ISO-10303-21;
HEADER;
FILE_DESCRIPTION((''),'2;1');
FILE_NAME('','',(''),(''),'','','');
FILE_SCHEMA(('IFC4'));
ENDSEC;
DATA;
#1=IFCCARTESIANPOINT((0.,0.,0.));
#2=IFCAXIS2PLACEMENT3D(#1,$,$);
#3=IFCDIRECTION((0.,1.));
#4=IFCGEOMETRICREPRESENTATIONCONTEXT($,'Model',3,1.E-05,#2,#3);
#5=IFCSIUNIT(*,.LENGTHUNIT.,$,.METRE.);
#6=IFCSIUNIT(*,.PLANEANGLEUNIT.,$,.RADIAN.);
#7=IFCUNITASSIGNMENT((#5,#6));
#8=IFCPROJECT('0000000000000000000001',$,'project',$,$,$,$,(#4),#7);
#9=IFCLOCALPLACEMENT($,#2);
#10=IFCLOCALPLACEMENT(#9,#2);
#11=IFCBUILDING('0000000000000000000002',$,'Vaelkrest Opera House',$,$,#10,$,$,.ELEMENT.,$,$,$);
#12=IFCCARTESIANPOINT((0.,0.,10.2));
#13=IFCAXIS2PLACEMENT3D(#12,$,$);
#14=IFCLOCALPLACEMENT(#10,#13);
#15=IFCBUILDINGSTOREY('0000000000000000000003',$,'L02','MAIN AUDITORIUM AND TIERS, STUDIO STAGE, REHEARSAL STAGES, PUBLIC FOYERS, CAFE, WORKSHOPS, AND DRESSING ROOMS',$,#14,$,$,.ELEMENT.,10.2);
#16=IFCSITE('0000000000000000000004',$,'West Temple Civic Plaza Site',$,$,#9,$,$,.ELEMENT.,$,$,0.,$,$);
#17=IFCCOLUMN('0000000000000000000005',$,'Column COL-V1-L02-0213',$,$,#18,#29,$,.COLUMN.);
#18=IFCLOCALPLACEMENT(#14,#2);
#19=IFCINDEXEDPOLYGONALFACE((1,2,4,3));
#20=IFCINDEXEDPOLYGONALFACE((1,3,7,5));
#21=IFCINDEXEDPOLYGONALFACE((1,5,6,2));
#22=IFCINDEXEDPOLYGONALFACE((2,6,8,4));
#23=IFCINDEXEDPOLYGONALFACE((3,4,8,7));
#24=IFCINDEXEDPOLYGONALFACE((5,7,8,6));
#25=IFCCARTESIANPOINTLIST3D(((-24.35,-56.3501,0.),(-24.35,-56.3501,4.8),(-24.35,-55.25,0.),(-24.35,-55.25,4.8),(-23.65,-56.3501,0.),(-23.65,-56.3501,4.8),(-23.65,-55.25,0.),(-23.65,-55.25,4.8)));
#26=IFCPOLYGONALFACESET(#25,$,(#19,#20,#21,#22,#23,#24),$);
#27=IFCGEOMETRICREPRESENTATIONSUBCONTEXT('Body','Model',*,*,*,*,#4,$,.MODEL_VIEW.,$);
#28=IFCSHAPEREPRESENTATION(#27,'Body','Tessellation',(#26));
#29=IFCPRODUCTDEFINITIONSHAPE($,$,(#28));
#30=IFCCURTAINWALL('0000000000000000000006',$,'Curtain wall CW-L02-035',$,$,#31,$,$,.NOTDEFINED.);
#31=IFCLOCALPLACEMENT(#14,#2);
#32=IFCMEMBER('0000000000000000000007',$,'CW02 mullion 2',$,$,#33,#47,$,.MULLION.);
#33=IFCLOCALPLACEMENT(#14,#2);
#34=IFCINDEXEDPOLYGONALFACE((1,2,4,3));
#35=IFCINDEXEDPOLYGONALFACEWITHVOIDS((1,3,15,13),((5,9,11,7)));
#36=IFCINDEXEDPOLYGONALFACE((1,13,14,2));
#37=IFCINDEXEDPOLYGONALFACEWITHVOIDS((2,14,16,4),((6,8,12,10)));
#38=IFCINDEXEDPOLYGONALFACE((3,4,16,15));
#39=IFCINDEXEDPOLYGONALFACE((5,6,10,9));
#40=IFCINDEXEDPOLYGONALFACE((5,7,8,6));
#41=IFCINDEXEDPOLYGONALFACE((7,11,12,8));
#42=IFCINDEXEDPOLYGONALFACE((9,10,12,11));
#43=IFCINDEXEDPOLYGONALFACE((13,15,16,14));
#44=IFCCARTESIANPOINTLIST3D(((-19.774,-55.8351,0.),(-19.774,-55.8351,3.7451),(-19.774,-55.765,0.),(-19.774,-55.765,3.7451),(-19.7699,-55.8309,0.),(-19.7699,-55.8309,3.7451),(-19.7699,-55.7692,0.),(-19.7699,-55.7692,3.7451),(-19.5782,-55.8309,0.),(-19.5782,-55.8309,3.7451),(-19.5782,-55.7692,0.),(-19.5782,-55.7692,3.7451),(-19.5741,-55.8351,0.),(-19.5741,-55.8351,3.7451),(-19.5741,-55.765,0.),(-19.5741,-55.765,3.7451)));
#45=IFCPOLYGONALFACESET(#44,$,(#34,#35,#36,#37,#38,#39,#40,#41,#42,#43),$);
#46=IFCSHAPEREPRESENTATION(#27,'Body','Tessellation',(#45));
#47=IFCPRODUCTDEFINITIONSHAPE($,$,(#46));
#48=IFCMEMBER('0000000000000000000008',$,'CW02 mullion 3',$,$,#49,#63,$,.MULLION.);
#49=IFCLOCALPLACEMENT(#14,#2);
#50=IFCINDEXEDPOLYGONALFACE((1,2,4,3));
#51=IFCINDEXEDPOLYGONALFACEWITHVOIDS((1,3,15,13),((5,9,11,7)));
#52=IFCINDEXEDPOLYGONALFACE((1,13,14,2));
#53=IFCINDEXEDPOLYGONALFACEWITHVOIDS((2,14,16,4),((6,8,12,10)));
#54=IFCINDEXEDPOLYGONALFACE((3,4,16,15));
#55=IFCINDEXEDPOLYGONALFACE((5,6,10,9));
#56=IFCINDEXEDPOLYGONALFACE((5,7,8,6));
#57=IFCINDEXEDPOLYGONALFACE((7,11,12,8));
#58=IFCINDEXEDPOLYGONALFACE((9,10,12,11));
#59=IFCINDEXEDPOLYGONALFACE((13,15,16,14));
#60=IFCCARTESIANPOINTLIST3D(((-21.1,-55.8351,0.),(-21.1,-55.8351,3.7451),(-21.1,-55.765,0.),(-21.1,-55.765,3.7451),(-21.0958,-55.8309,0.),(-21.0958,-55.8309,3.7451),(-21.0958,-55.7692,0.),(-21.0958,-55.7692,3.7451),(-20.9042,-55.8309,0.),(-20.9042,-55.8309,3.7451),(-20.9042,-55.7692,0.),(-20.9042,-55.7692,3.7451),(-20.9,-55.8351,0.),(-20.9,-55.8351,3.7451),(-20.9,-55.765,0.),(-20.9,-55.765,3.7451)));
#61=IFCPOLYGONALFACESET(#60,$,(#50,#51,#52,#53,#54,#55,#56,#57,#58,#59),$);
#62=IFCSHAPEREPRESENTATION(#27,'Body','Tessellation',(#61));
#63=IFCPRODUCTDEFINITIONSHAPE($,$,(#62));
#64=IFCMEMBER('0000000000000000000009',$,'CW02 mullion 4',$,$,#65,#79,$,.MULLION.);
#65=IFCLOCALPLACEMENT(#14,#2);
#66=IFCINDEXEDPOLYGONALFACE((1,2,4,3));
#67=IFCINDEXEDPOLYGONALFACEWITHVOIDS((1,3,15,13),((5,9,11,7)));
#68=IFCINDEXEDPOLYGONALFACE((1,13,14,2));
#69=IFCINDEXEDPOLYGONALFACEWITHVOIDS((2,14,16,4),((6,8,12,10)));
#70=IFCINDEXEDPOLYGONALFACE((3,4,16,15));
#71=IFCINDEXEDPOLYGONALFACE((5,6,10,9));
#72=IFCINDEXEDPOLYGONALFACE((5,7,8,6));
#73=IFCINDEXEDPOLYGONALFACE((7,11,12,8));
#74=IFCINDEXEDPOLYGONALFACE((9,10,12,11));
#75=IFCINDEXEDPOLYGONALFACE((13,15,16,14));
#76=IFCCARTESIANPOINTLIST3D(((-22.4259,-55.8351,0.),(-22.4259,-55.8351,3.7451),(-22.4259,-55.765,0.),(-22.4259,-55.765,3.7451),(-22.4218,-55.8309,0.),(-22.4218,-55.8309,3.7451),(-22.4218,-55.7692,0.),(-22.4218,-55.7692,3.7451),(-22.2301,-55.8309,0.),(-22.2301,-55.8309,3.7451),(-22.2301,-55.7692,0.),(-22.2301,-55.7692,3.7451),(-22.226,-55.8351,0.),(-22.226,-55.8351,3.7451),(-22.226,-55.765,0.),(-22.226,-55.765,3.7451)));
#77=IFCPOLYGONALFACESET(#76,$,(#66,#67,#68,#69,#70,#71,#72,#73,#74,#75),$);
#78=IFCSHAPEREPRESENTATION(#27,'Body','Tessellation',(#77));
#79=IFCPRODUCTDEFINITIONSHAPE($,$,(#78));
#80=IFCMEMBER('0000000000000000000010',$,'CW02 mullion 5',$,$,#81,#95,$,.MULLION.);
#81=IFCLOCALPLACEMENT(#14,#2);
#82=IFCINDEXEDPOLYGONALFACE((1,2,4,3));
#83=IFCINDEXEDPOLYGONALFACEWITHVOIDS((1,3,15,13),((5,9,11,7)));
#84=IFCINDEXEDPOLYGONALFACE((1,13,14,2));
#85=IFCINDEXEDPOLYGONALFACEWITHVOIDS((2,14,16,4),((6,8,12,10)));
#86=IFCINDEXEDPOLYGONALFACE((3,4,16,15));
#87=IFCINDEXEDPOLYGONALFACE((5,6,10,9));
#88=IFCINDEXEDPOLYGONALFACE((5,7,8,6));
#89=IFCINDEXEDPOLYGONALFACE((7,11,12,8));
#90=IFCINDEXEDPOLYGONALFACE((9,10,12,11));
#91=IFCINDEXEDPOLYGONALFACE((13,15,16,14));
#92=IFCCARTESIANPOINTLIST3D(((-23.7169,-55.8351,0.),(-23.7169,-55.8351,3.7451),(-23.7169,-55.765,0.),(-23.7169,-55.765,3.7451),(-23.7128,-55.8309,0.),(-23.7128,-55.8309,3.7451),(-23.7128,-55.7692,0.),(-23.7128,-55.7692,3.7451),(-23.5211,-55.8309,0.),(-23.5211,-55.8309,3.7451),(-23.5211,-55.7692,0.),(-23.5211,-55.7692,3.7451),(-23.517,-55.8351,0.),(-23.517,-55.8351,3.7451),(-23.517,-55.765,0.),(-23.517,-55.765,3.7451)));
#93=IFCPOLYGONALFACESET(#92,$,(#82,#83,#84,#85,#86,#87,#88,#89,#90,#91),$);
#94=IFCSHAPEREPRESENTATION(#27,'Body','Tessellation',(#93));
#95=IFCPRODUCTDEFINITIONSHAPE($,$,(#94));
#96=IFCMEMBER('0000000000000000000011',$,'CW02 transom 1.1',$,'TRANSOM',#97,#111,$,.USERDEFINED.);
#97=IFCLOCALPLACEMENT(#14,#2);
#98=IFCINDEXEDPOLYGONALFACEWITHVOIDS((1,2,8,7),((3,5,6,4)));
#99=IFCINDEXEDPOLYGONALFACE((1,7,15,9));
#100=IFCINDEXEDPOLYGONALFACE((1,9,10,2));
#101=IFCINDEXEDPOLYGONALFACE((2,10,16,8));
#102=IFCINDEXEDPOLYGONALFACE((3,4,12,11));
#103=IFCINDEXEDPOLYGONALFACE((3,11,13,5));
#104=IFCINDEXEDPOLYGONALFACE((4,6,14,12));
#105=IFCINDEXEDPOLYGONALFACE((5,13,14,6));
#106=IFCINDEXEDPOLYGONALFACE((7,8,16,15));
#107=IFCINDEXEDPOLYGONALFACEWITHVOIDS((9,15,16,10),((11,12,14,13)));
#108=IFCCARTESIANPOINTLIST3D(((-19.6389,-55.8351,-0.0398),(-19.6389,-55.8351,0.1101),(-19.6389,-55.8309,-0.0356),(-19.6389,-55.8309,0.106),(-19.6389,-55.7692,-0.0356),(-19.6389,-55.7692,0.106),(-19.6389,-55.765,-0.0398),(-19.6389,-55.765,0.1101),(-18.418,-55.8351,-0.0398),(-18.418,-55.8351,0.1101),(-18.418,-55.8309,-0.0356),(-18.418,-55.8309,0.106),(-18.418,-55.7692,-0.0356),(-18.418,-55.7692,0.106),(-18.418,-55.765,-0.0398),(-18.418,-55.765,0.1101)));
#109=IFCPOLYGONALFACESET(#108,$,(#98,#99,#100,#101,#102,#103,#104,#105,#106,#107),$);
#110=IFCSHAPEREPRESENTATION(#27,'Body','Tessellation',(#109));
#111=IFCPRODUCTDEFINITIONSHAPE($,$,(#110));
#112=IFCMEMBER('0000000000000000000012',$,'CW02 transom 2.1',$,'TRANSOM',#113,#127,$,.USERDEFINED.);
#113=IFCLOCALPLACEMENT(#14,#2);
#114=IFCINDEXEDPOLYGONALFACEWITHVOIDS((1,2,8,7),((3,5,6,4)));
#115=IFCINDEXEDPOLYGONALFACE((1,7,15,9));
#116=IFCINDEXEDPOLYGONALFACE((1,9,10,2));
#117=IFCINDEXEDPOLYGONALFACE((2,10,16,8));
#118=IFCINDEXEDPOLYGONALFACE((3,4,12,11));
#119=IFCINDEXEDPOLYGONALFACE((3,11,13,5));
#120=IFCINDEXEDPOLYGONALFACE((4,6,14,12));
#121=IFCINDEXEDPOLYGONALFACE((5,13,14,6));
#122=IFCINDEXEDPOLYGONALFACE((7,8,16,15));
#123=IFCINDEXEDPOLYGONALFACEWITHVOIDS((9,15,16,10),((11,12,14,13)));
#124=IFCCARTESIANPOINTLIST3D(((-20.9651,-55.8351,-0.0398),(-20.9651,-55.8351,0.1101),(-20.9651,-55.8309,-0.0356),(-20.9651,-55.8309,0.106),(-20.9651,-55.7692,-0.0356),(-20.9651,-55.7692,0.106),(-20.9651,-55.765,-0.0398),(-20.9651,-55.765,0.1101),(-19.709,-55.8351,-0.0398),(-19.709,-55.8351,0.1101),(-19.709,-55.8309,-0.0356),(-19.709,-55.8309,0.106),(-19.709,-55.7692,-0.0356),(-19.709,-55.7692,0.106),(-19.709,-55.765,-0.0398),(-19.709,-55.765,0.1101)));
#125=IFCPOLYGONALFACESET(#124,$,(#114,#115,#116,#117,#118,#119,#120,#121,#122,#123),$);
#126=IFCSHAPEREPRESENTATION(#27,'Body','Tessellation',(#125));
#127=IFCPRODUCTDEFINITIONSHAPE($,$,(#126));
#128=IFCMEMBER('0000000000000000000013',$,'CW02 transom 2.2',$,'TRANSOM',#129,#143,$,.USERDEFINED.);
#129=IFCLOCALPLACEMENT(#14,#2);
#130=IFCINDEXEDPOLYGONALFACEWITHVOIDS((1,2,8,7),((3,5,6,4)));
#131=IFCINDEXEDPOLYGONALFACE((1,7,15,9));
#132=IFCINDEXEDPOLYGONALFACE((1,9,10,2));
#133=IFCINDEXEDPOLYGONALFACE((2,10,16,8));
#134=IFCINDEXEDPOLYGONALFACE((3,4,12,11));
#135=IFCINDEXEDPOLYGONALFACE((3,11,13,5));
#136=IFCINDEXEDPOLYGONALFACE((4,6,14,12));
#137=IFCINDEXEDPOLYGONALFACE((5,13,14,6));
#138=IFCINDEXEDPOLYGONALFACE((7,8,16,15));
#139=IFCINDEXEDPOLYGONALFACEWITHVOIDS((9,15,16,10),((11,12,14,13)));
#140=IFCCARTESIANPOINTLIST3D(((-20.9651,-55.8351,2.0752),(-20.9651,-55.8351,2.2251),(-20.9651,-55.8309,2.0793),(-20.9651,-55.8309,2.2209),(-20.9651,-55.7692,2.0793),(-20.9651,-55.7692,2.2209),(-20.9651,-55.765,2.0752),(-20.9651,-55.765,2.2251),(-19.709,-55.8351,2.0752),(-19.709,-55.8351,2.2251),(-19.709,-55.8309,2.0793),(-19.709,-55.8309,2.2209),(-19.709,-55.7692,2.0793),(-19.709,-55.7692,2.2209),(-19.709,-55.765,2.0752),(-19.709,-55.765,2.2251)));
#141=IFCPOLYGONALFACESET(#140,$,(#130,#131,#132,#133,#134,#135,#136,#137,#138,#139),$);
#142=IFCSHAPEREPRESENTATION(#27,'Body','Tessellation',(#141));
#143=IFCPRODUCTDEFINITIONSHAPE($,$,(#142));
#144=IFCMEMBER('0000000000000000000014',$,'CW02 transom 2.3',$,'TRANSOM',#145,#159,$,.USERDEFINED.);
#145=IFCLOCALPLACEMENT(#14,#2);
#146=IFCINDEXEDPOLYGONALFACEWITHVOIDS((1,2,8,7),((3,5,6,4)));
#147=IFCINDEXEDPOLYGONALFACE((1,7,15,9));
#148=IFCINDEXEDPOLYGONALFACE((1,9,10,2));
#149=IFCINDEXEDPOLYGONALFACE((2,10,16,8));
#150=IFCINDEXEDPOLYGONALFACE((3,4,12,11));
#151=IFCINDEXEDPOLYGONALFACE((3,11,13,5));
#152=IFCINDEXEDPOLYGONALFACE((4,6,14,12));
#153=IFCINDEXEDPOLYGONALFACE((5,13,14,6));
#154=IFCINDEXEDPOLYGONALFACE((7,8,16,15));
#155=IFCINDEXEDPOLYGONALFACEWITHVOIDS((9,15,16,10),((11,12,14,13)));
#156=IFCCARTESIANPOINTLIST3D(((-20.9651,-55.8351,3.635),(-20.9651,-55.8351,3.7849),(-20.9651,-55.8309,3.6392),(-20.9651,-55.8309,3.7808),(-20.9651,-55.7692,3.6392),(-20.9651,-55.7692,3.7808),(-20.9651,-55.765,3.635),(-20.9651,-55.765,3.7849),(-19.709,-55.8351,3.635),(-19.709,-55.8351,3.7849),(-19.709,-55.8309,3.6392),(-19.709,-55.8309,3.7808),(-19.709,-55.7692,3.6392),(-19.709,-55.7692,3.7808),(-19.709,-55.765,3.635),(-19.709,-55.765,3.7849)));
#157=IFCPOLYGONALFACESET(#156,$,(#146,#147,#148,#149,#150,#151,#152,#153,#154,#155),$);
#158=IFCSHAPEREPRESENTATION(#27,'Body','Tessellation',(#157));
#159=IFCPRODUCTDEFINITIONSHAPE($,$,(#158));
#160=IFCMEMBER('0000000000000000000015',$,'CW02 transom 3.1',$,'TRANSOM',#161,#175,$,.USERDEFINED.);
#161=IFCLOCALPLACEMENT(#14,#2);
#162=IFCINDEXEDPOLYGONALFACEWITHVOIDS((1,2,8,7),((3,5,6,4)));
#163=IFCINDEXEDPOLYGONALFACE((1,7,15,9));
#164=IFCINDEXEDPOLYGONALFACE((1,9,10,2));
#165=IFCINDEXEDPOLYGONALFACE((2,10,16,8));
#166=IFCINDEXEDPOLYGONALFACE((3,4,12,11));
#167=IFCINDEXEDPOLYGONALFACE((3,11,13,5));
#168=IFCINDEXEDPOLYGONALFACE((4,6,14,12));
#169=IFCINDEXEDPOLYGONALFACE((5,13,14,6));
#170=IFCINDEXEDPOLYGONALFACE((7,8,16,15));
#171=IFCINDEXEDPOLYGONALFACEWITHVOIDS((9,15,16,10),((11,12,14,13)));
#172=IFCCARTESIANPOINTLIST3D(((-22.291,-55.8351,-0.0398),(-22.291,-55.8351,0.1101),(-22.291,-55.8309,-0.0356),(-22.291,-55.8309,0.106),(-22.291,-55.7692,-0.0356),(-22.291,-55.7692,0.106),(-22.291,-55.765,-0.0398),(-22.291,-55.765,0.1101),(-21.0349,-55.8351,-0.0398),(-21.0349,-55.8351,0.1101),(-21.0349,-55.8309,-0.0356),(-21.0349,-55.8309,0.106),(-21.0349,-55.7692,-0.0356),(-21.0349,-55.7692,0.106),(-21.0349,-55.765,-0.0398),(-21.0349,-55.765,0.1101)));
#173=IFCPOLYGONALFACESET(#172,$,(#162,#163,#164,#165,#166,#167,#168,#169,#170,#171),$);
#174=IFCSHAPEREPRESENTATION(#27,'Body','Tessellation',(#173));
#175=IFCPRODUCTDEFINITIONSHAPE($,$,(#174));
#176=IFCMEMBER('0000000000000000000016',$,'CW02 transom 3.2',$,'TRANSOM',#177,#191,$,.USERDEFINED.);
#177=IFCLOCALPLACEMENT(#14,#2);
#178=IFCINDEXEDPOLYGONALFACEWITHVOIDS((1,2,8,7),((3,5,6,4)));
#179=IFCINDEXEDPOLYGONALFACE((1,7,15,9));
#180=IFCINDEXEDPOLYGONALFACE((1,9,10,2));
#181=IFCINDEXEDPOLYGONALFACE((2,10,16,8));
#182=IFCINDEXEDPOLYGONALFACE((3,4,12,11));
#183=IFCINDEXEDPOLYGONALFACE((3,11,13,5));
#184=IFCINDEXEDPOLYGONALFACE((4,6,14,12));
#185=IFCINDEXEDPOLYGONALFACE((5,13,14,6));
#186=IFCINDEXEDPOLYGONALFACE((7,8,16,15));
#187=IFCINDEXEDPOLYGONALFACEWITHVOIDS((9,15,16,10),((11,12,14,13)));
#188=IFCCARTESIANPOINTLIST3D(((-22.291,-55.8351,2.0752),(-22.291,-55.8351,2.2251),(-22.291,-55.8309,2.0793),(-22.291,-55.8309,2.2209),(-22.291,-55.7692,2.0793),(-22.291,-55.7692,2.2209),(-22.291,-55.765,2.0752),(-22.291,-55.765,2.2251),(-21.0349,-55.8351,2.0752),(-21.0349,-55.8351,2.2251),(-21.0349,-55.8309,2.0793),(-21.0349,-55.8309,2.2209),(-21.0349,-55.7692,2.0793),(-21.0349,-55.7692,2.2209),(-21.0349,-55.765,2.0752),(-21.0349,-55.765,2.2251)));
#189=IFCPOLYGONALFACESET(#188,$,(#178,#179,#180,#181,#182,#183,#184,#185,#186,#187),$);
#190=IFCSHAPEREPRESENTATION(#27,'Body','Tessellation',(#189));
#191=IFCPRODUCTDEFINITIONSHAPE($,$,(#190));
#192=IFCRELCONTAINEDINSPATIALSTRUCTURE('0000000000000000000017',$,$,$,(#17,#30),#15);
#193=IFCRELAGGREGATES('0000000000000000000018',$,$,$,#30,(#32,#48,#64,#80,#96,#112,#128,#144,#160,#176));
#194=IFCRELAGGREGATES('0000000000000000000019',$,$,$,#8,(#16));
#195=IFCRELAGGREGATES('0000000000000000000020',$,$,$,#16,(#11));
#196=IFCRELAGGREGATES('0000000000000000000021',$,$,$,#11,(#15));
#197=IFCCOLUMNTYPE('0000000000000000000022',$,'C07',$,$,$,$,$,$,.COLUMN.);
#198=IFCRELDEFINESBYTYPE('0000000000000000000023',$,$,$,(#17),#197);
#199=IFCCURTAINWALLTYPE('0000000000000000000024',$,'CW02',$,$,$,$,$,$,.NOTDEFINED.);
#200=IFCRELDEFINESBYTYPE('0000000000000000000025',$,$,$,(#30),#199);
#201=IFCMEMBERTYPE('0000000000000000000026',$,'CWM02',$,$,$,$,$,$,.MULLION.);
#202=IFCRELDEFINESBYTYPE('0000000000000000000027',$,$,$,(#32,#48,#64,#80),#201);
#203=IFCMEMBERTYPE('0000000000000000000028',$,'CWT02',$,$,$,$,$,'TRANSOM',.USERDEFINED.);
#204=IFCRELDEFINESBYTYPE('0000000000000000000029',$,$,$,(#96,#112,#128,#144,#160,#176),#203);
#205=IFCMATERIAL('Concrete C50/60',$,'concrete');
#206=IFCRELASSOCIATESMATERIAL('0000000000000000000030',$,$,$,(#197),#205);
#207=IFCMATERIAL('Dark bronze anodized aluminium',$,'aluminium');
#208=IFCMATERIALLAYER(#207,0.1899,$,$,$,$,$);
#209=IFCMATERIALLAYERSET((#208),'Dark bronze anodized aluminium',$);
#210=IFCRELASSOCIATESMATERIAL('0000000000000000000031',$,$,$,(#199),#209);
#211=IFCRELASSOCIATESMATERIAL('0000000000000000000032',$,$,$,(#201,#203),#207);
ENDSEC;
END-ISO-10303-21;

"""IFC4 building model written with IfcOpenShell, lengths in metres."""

from ifc_helpers import new_model, si_unit, direction, frame, origin, origin_2d, place, context, subcontext, project, spatial, rectangle, hollow_rectangle, extrude, material, layer, layer_set, material_profile, profile_set, type_object, element, aggregate, save


model = new_model("IFC4")

# Units and contexts
model_context = context("Model", 3, precision=1e-05, world=origin(), true_north=direction((0.0, 1.0)))
body_context = subcontext(model_context, "Body", "Model", "MODEL_VIEW")
ifc_project = project(units=[si_unit("LENGTHUNIT", "METRE"), si_unit("PLANEANGLEUNIT", "RADIAN")], contexts=[model_context])

# Site, building, storey
site_placement = place(None, origin())
site = spatial("IfcSite", under=ifc_project, at=site_placement, Name="West Temple Civic Plaza Site", CompositionType="ELEMENT", RefElevation=0.0)
building_placement = place(site_placement, origin())
building = spatial("IfcBuilding", under=site, at=building_placement, Name="Vaelkrest Opera House", CompositionType="ELEMENT")
storey_placement = place(building_placement, frame((0.0, 0.0, 10.2)))
storey = spatial("IfcBuildingStorey", under=building, at=storey_placement, Name="L02", Description="MAIN AUDITORIUM AND TIERS, STUDIO STAGE, REHEARSAL STAGES, PUBLIC FOYERS, CAFE, WORKSHOPS, AND DRESSING ROOMS", CompositionType="ELEMENT", Elevation=10.2)

# Column
ifc_material_1 = material(Name="Concrete C50/60", Category="concrete")
ifc_material_profile_1 = material_profile(ifc_material_1, rectangle(XDim=0.7, YDim=1.1001, at=origin_2d()), Name="RC700X1100")
ifc_profile_set_1 = profile_set([ifc_material_profile_1], Name="Concrete C50/60")
column_type = type_object("IfcColumnType", Name="C07", PredefinedType="COLUMN", material=ifc_profile_set_1)
column_placement = place(storey_placement, frame((-24.0, -55.8, 0.0), z_axis=(0.0, 0.0, 1.0), x_axis=(1.0, 0.0, 0.0)))
element("IfcColumn", 1, at=column_placement, inside=storey, type_object=column_type, Name="Column COL-V1-L02-0213", PredefinedType="COLUMN", context=body_context, shape_type="SweptSolid", body=[
    extrude(rectangle(XDim=0.7, YDim=1.1001, at=origin_2d()), origin(), (0.0, 0.0, 1.0), 4.8),
])

# Curtain wall, members
ifc_material_2 = material(Name="Dark bronze anodized aluminium", Category="aluminium")
ifc_layer_1 = layer(ifc_material_2, 0.1899)
ifc_layer_set_1 = layer_set([ifc_layer_1], Name="Dark bronze anodized aluminium")
curtain_wall_type = type_object("IfcCurtainWallType", Name="CW02", PredefinedType="NOTDEFINED", material=ifc_layer_set_1)
curtain_wall_placement = place(storey_placement, origin())
curtain_wall = element("IfcCurtainWall", 2, at=curtain_wall_placement, inside=storey, type_object=curtain_wall_type, Name="Curtain wall CW-L02-035", PredefinedType="NOTDEFINED")
ifc_material_profile_2 = material_profile(ifc_material_2, hollow_rectangle(XDim=0.0701, YDim=0.2, WallThickness=0.0042, at=origin_2d()), Name="CWM70X200")
ifc_profile_set_2 = profile_set([ifc_material_profile_2], Name="Dark bronze anodized aluminium")
member_type_1 = type_object("IfcMemberType", Name="CWM02", PredefinedType="MULLION", material=ifc_profile_set_2)
member_1_placement = place(storey_placement, frame((-19.6741, -55.8, 0.0), z_axis=(0.0, 0.0, 1.0), x_axis=(0.0, -1.0, 0.0)))
member_1 = element("IfcMember", 3, at=member_1_placement, type_object=member_type_1, Name="CW02 mullion 2", PredefinedType="MULLION", context=body_context, shape_type="SweptSolid", body=[
    extrude(hollow_rectangle(XDim=0.0701, YDim=0.2, WallThickness=0.0042, at=origin_2d()), origin(), (0.0, 0.0, 1.0), 3.7451),
])
member_2_placement = place(storey_placement, frame((-21.0, -55.8, 0.0), z_axis=(0.0, 0.0, 1.0), x_axis=(0.0, -1.0, 0.0)))
member_2 = element("IfcMember", 4, at=member_2_placement, type_object=member_type_1, Name="CW02 mullion 3", PredefinedType="MULLION", context=body_context, shape_type="SweptSolid", body=[
    extrude(hollow_rectangle(XDim=0.0701, YDim=0.2, WallThickness=0.0042, at=origin_2d()), origin(), (0.0, 0.0, 1.0), 3.7451),
])
member_3_placement = place(storey_placement, frame((-22.3259, -55.8, 0.0), z_axis=(0.0, 0.0, 1.0), x_axis=(0.0, -1.0, 0.0)))
member_3 = element("IfcMember", 5, at=member_3_placement, type_object=member_type_1, Name="CW02 mullion 4", PredefinedType="MULLION", context=body_context, shape_type="SweptSolid", body=[
    extrude(hollow_rectangle(XDim=0.0701, YDim=0.2, WallThickness=0.0042, at=origin_2d()), origin(), (0.0, 0.0, 1.0), 3.7451),
])
member_4_placement = place(storey_placement, frame((-23.6169, -55.8, 0.0), z_axis=(0.0, 0.0, 1.0), x_axis=(0.0, -1.0, 0.0)))
member_4 = element("IfcMember", 6, at=member_4_placement, type_object=member_type_1, Name="CW02 mullion 5", PredefinedType="MULLION", context=body_context, shape_type="SweptSolid", body=[
    extrude(hollow_rectangle(XDim=0.0701, YDim=0.2, WallThickness=0.0042, at=origin_2d()), origin(), (0.0, 0.0, 1.0), 3.7451),
])
ifc_material_profile_3 = material_profile(ifc_material_2, hollow_rectangle(XDim=0.0701, YDim=0.1499, WallThickness=0.0042, at=origin_2d()), Name="CWT70X150")
ifc_profile_set_3 = profile_set([ifc_material_profile_3], Name="Dark bronze anodized aluminium")
member_type_2 = type_object("IfcMemberType", Name="CWT02", ElementType="TRANSOM", PredefinedType="USERDEFINED", material=ifc_profile_set_3)
member_5_placement = place(storey_placement, frame((-18.418, -55.8, 0.0352), z_axis=(-1.0, 0.0, 0.0), x_axis=(0.0, -1.0, 0.0)))
member_5 = element("IfcMember", 7, at=member_5_placement, type_object=member_type_2, Name="CW02 transom 1.1", ObjectType="TRANSOM", PredefinedType="USERDEFINED", context=body_context, shape_type="SweptSolid", body=[
    extrude(hollow_rectangle(XDim=0.0701, YDim=0.1499, WallThickness=0.0042, at=origin_2d()), origin(), (0.0, 0.0, 1.0), 1.2209),
])
member_6_placement = place(storey_placement, frame((-19.709, -55.8, 0.0352), z_axis=(-1.0, 0.0, 0.0), x_axis=(0.0, -1.0, 0.0)))
member_6 = element("IfcMember", 8, at=member_6_placement, type_object=member_type_2, Name="CW02 transom 2.1", ObjectType="TRANSOM", PredefinedType="USERDEFINED", context=body_context, shape_type="SweptSolid", body=[
    extrude(hollow_rectangle(XDim=0.0701, YDim=0.1499, WallThickness=0.0042, at=origin_2d()), origin(), (0.0, 0.0, 1.0), 1.2561),
])
member_7_placement = place(storey_placement, frame((-19.709, -55.8, 2.1501), z_axis=(-1.0, 0.0, 0.0), x_axis=(0.0, -1.0, 0.0)))
member_7 = element("IfcMember", 9, at=member_7_placement, type_object=member_type_2, Name="CW02 transom 2.2", ObjectType="TRANSOM", PredefinedType="USERDEFINED", context=body_context, shape_type="SweptSolid", body=[
    extrude(hollow_rectangle(XDim=0.0701, YDim=0.1499, WallThickness=0.0042, at=origin_2d()), origin(), (0.0, 0.0, 1.0), 1.2561),
])
member_8_placement = place(storey_placement, frame((-19.709, -55.8, 3.71), z_axis=(-1.0, 0.0, 0.0), x_axis=(0.0, -1.0, 0.0)))
member_8 = element("IfcMember", 10, at=member_8_placement, type_object=member_type_2, Name="CW02 transom 2.3", ObjectType="TRANSOM", PredefinedType="USERDEFINED", context=body_context, shape_type="SweptSolid", body=[
    extrude(hollow_rectangle(XDim=0.0701, YDim=0.1499, WallThickness=0.0042, at=origin_2d()), origin(), (0.0, 0.0, 1.0), 1.2561),
])
member_9_placement = place(storey_placement, frame((-21.0349, -55.8, 0.0352), z_axis=(-1.0, 0.0, 0.0), x_axis=(0.0, -1.0, 0.0)))
member_9 = element("IfcMember", 11, at=member_9_placement, type_object=member_type_2, Name="CW02 transom 3.1", ObjectType="TRANSOM", PredefinedType="USERDEFINED", context=body_context, shape_type="SweptSolid", body=[
    extrude(hollow_rectangle(XDim=0.0701, YDim=0.1499, WallThickness=0.0042, at=origin_2d()), origin(), (0.0, 0.0, 1.0), 1.2561),
])
member_10_placement = place(storey_placement, frame((-21.0349, -55.8, 2.1501), z_axis=(-1.0, 0.0, 0.0), x_axis=(0.0, -1.0, 0.0)))
member_10 = element("IfcMember", 12, at=member_10_placement, type_object=member_type_2, Name="CW02 transom 3.2", ObjectType="TRANSOM", PredefinedType="USERDEFINED", context=body_context, shape_type="SweptSolid", body=[
    extrude(hollow_rectangle(XDim=0.0701, YDim=0.1499, WallThickness=0.0042, at=origin_2d()), origin(), (0.0, 0.0, 1.0), 1.2561),
])

aggregate(curtain_wall, [member_1, member_2, member_3, member_4, member_5, member_6, member_7, member_8, member_9, member_10])

save(model, "model.ifc")
